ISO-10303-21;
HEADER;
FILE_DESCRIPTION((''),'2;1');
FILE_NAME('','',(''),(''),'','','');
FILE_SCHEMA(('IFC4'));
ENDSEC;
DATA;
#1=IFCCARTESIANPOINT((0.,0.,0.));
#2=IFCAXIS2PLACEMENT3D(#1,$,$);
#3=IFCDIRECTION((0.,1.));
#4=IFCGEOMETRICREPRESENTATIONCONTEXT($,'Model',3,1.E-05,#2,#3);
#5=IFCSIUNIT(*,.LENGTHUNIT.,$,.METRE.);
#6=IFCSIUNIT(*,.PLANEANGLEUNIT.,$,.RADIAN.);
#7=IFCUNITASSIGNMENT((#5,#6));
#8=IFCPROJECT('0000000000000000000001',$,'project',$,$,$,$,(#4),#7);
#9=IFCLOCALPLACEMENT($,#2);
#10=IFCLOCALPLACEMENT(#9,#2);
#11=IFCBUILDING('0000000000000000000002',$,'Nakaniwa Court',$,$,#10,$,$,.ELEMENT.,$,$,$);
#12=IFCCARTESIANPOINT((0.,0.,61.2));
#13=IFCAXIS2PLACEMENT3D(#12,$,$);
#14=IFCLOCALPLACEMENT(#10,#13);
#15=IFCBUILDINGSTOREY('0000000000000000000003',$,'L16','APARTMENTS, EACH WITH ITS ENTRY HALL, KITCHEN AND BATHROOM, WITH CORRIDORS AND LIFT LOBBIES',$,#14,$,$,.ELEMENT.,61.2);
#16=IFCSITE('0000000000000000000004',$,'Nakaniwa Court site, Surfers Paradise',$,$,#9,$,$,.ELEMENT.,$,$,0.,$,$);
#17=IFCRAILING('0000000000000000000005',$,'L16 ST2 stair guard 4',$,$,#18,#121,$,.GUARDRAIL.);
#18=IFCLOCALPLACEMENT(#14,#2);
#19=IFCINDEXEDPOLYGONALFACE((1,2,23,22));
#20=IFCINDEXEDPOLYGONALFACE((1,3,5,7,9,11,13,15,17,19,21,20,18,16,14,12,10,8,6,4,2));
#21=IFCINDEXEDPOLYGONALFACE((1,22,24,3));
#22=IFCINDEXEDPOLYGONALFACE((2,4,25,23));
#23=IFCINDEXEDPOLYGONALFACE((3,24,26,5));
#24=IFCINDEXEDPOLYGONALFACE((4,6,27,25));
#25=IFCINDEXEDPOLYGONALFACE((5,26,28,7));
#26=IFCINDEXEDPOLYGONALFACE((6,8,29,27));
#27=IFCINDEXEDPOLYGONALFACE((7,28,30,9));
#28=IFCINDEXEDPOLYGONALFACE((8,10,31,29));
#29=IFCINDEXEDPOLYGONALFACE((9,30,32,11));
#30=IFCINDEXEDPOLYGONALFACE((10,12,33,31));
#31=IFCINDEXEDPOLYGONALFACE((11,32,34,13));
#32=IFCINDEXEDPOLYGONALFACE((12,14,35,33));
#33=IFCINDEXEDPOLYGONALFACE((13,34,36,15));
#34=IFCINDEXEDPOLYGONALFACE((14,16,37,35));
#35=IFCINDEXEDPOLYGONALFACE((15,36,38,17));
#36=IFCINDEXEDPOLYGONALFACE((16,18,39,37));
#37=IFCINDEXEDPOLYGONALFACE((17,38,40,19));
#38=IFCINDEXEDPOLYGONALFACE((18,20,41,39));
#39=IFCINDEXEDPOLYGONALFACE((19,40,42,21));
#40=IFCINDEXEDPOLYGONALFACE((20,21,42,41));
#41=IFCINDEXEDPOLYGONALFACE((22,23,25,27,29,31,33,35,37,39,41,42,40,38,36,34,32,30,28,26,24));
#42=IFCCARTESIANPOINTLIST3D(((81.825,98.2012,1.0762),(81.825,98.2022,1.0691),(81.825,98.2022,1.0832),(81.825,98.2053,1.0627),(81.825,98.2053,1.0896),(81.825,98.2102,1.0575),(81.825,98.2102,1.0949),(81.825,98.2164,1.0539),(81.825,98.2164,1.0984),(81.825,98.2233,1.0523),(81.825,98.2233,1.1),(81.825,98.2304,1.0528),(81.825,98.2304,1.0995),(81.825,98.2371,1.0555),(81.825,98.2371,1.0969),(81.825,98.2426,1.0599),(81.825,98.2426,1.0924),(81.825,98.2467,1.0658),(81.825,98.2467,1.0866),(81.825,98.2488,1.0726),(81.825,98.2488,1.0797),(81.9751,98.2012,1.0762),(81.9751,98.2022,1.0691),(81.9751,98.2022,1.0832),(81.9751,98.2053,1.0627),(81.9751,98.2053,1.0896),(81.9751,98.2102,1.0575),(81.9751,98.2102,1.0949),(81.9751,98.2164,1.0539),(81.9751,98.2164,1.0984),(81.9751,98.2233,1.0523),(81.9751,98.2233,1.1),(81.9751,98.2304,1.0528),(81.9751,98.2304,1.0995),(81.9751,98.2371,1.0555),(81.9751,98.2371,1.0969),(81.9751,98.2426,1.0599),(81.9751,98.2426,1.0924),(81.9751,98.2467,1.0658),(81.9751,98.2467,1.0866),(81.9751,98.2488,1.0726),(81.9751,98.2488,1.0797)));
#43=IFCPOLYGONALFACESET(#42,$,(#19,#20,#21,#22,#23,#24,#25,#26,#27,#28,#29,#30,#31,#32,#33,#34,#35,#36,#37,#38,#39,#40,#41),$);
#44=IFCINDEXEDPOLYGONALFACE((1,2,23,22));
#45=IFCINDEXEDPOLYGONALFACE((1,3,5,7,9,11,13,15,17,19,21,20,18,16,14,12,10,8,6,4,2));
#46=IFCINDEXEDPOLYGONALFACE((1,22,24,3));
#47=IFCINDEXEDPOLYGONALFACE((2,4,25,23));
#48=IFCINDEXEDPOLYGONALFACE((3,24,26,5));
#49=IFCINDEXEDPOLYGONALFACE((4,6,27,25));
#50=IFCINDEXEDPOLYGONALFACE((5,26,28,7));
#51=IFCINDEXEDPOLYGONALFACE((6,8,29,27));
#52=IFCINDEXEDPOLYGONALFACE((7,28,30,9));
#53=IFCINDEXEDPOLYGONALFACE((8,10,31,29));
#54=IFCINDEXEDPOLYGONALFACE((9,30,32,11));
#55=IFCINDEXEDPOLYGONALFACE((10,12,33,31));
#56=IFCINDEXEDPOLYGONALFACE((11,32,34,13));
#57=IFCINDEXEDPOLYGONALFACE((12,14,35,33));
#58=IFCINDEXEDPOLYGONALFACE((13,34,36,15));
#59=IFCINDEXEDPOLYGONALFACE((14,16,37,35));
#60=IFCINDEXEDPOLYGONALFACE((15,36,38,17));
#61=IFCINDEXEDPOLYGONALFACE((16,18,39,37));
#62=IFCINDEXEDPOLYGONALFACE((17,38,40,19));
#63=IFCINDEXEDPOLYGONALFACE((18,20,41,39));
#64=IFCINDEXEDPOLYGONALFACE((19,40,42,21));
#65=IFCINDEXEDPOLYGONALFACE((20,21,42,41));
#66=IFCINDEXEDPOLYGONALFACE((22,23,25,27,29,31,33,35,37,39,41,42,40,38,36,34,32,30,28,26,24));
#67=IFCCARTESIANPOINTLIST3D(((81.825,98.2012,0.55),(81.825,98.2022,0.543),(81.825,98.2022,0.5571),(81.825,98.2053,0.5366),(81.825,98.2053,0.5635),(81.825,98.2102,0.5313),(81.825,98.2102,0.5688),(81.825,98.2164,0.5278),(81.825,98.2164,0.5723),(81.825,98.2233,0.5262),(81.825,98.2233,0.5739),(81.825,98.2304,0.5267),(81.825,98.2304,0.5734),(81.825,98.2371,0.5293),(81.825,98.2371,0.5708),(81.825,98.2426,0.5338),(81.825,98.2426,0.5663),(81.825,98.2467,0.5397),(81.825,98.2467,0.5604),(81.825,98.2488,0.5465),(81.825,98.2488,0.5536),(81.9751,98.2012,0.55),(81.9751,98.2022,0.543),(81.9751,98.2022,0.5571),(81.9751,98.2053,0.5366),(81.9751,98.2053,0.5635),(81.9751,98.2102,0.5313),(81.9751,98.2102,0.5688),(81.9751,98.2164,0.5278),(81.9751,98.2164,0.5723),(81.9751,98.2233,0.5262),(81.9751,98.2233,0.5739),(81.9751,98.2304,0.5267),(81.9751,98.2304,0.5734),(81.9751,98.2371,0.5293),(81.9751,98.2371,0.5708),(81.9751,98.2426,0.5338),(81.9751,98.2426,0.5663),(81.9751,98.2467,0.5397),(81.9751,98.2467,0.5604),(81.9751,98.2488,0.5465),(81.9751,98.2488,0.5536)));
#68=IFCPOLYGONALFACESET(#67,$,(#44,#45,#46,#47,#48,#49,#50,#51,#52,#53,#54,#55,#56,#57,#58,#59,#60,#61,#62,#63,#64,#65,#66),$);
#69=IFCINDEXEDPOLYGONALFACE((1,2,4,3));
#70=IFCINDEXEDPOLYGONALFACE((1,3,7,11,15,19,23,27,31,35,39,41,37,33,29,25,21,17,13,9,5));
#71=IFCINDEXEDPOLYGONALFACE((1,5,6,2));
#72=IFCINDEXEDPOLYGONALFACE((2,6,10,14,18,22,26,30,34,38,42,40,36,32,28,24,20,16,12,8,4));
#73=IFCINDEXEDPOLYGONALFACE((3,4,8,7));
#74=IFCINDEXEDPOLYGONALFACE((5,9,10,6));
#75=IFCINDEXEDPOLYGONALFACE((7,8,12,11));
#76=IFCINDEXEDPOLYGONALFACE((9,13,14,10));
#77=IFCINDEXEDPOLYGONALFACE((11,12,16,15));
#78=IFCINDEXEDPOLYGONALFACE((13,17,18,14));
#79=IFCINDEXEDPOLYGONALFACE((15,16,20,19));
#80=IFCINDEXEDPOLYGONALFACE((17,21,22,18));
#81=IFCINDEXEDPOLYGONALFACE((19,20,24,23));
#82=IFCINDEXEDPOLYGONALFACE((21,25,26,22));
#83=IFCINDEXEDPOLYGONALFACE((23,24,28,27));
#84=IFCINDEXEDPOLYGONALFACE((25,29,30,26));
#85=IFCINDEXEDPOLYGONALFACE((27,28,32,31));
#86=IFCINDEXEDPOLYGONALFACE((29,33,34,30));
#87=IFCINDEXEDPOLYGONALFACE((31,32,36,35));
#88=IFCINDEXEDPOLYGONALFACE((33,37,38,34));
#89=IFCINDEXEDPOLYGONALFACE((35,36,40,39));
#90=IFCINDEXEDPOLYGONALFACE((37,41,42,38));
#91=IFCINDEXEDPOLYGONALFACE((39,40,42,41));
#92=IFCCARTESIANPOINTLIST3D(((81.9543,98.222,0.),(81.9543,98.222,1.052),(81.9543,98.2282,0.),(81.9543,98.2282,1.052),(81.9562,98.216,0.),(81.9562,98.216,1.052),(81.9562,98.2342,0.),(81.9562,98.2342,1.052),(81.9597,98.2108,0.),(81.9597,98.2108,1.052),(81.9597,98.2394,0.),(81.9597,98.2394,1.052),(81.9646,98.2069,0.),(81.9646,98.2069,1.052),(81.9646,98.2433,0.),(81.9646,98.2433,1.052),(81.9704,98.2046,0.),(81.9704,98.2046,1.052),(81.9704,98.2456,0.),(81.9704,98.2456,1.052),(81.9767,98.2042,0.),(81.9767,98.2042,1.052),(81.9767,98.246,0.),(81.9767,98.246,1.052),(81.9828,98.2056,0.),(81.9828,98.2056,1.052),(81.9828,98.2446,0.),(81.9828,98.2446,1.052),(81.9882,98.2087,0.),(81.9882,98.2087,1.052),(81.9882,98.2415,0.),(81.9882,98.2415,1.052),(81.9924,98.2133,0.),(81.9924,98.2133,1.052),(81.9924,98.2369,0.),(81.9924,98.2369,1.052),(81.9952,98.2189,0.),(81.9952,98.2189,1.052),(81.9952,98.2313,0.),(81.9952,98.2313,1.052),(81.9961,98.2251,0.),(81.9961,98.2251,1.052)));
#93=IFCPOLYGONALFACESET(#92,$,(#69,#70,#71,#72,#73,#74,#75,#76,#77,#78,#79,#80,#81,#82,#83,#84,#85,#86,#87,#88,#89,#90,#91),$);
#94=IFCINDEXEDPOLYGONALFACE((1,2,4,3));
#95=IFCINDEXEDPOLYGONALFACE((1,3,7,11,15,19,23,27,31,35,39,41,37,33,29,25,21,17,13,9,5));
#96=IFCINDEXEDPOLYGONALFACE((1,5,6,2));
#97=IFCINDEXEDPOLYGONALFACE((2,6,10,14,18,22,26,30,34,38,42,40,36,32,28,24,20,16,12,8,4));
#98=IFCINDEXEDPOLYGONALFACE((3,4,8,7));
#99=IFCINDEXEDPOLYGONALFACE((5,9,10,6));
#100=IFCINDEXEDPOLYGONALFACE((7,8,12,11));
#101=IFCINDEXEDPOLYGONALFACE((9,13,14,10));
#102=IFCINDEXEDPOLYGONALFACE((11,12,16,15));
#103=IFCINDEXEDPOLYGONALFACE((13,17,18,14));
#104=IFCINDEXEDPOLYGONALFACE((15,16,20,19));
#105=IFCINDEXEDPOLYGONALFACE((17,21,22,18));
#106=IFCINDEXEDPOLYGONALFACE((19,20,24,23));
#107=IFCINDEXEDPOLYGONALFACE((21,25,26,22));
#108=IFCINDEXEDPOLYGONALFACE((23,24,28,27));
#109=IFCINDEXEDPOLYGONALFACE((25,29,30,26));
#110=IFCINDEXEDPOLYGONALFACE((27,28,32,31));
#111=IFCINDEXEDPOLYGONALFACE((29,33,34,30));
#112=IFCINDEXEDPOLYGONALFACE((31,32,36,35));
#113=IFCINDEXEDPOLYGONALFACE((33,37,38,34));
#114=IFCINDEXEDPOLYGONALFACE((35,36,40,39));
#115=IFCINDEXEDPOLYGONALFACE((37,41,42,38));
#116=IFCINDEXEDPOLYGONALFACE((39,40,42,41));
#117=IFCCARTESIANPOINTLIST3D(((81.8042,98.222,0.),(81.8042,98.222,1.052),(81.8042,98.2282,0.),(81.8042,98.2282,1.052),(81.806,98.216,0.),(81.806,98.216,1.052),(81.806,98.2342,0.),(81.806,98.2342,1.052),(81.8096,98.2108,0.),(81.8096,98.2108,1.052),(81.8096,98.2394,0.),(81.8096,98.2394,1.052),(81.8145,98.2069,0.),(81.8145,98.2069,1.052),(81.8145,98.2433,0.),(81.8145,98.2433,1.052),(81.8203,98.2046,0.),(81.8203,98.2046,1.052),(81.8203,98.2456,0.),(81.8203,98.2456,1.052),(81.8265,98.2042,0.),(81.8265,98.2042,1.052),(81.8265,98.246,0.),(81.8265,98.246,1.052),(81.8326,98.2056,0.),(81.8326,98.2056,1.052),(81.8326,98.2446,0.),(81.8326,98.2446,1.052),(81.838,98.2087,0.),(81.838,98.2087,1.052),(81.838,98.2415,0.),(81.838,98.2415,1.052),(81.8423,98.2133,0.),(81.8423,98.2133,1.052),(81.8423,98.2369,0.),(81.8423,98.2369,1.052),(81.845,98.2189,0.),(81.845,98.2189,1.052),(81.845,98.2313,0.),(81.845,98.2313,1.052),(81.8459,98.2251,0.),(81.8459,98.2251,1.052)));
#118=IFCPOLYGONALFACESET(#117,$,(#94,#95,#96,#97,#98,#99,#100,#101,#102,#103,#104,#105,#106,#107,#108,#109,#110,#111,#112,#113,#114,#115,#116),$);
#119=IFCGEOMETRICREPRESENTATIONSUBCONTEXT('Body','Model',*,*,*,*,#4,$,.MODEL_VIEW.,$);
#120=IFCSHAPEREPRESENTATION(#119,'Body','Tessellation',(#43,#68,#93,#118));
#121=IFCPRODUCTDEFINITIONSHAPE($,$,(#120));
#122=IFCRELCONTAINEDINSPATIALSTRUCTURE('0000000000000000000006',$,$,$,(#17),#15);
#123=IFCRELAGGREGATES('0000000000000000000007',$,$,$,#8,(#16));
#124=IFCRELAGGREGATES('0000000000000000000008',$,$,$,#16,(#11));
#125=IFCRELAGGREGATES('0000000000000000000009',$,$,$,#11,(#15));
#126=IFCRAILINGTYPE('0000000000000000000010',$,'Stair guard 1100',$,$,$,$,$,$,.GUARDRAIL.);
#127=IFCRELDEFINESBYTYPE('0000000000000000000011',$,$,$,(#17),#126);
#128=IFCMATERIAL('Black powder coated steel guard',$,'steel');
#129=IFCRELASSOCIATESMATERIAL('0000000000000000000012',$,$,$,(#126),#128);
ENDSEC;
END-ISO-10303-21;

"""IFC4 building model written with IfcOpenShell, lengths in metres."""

from ifc_helpers import new_model, si_unit, direction, frame, origin, origin_2d, place, context, subcontext, project, spatial, circle, extrude, material, type_object, element, save


model = new_model("IFC4")

# Units and contexts
model_context = context("Model", 3, precision=1e-05, world=origin(), true_north=direction((0.0, 1.0)))
body_context = subcontext(model_context, "Body", "Model", "MODEL_VIEW")
ifc_project = project(units=[si_unit("LENGTHUNIT", "METRE"), si_unit("PLANEANGLEUNIT", "RADIAN")], contexts=[model_context])

# Site, building, storey
site_placement = place(None, origin())
site = spatial("IfcSite", under=ifc_project, at=site_placement, Name="Nakaniwa Court site, Surfers Paradise", CompositionType="ELEMENT", RefElevation=0.0)
building_placement = place(site_placement, origin())
building = spatial("IfcBuilding", under=site, at=building_placement, Name="Nakaniwa Court", CompositionType="ELEMENT")
storey_placement = place(building_placement, frame((0.0, 0.0, 61.2)))
storey = spatial("IfcBuildingStorey", under=building, at=storey_placement, Name="L16", Description="APARTMENTS, EACH WITH ITS ENTRY HALL, KITCHEN AND BATHROOM, WITH CORRIDORS AND LIFT LOBBIES", CompositionType="ELEMENT", Elevation=61.2)

# Railing
ifc_material_1 = material(Name="Black powder coated steel guard", Category="steel")
railing_type_1 = type_object("IfcRailingType", Name="Stair guard 1100", PredefinedType="GUARDRAIL", material=ifc_material_1)
railing_1_placement = place(storey_placement, frame((81.9751, 98.2251, 0.0)))
element("IfcRailing", 1, at=railing_1_placement, inside=storey, type_object=railing_type_1, Name="L16 ST2 stair guard 4", PredefinedType="GUARDRAIL", context=body_context, shape_type="SweptSolid", body=[
    extrude(circle(Radius=0.0239, at=origin_2d()), frame((0.0, 0.0, 1.0762), z_axis=(-1.0, 0.0, 0.0), x_axis=(0.0, -1.0, 0.0)), (0.0, 0.0, 1.0), 0.1501),
    extrude(circle(Radius=0.0239, at=origin_2d()), frame((0.0, 0.0, 0.55), z_axis=(-1.0, 0.0, 0.0), x_axis=(0.0, -1.0, 0.0)), (0.0, 0.0, 1.0), 0.1501),
    extrude(circle(Radius=0.021, at=origin_2d()), origin(), (0.0, 0.0, 1.0), 1.052),
    extrude(circle(Radius=0.021, at=origin_2d()), frame((-0.1501, 0.0, 0.0)), (0.0, 0.0, 1.0), 1.052),
])

save(model, "model.ifc")
